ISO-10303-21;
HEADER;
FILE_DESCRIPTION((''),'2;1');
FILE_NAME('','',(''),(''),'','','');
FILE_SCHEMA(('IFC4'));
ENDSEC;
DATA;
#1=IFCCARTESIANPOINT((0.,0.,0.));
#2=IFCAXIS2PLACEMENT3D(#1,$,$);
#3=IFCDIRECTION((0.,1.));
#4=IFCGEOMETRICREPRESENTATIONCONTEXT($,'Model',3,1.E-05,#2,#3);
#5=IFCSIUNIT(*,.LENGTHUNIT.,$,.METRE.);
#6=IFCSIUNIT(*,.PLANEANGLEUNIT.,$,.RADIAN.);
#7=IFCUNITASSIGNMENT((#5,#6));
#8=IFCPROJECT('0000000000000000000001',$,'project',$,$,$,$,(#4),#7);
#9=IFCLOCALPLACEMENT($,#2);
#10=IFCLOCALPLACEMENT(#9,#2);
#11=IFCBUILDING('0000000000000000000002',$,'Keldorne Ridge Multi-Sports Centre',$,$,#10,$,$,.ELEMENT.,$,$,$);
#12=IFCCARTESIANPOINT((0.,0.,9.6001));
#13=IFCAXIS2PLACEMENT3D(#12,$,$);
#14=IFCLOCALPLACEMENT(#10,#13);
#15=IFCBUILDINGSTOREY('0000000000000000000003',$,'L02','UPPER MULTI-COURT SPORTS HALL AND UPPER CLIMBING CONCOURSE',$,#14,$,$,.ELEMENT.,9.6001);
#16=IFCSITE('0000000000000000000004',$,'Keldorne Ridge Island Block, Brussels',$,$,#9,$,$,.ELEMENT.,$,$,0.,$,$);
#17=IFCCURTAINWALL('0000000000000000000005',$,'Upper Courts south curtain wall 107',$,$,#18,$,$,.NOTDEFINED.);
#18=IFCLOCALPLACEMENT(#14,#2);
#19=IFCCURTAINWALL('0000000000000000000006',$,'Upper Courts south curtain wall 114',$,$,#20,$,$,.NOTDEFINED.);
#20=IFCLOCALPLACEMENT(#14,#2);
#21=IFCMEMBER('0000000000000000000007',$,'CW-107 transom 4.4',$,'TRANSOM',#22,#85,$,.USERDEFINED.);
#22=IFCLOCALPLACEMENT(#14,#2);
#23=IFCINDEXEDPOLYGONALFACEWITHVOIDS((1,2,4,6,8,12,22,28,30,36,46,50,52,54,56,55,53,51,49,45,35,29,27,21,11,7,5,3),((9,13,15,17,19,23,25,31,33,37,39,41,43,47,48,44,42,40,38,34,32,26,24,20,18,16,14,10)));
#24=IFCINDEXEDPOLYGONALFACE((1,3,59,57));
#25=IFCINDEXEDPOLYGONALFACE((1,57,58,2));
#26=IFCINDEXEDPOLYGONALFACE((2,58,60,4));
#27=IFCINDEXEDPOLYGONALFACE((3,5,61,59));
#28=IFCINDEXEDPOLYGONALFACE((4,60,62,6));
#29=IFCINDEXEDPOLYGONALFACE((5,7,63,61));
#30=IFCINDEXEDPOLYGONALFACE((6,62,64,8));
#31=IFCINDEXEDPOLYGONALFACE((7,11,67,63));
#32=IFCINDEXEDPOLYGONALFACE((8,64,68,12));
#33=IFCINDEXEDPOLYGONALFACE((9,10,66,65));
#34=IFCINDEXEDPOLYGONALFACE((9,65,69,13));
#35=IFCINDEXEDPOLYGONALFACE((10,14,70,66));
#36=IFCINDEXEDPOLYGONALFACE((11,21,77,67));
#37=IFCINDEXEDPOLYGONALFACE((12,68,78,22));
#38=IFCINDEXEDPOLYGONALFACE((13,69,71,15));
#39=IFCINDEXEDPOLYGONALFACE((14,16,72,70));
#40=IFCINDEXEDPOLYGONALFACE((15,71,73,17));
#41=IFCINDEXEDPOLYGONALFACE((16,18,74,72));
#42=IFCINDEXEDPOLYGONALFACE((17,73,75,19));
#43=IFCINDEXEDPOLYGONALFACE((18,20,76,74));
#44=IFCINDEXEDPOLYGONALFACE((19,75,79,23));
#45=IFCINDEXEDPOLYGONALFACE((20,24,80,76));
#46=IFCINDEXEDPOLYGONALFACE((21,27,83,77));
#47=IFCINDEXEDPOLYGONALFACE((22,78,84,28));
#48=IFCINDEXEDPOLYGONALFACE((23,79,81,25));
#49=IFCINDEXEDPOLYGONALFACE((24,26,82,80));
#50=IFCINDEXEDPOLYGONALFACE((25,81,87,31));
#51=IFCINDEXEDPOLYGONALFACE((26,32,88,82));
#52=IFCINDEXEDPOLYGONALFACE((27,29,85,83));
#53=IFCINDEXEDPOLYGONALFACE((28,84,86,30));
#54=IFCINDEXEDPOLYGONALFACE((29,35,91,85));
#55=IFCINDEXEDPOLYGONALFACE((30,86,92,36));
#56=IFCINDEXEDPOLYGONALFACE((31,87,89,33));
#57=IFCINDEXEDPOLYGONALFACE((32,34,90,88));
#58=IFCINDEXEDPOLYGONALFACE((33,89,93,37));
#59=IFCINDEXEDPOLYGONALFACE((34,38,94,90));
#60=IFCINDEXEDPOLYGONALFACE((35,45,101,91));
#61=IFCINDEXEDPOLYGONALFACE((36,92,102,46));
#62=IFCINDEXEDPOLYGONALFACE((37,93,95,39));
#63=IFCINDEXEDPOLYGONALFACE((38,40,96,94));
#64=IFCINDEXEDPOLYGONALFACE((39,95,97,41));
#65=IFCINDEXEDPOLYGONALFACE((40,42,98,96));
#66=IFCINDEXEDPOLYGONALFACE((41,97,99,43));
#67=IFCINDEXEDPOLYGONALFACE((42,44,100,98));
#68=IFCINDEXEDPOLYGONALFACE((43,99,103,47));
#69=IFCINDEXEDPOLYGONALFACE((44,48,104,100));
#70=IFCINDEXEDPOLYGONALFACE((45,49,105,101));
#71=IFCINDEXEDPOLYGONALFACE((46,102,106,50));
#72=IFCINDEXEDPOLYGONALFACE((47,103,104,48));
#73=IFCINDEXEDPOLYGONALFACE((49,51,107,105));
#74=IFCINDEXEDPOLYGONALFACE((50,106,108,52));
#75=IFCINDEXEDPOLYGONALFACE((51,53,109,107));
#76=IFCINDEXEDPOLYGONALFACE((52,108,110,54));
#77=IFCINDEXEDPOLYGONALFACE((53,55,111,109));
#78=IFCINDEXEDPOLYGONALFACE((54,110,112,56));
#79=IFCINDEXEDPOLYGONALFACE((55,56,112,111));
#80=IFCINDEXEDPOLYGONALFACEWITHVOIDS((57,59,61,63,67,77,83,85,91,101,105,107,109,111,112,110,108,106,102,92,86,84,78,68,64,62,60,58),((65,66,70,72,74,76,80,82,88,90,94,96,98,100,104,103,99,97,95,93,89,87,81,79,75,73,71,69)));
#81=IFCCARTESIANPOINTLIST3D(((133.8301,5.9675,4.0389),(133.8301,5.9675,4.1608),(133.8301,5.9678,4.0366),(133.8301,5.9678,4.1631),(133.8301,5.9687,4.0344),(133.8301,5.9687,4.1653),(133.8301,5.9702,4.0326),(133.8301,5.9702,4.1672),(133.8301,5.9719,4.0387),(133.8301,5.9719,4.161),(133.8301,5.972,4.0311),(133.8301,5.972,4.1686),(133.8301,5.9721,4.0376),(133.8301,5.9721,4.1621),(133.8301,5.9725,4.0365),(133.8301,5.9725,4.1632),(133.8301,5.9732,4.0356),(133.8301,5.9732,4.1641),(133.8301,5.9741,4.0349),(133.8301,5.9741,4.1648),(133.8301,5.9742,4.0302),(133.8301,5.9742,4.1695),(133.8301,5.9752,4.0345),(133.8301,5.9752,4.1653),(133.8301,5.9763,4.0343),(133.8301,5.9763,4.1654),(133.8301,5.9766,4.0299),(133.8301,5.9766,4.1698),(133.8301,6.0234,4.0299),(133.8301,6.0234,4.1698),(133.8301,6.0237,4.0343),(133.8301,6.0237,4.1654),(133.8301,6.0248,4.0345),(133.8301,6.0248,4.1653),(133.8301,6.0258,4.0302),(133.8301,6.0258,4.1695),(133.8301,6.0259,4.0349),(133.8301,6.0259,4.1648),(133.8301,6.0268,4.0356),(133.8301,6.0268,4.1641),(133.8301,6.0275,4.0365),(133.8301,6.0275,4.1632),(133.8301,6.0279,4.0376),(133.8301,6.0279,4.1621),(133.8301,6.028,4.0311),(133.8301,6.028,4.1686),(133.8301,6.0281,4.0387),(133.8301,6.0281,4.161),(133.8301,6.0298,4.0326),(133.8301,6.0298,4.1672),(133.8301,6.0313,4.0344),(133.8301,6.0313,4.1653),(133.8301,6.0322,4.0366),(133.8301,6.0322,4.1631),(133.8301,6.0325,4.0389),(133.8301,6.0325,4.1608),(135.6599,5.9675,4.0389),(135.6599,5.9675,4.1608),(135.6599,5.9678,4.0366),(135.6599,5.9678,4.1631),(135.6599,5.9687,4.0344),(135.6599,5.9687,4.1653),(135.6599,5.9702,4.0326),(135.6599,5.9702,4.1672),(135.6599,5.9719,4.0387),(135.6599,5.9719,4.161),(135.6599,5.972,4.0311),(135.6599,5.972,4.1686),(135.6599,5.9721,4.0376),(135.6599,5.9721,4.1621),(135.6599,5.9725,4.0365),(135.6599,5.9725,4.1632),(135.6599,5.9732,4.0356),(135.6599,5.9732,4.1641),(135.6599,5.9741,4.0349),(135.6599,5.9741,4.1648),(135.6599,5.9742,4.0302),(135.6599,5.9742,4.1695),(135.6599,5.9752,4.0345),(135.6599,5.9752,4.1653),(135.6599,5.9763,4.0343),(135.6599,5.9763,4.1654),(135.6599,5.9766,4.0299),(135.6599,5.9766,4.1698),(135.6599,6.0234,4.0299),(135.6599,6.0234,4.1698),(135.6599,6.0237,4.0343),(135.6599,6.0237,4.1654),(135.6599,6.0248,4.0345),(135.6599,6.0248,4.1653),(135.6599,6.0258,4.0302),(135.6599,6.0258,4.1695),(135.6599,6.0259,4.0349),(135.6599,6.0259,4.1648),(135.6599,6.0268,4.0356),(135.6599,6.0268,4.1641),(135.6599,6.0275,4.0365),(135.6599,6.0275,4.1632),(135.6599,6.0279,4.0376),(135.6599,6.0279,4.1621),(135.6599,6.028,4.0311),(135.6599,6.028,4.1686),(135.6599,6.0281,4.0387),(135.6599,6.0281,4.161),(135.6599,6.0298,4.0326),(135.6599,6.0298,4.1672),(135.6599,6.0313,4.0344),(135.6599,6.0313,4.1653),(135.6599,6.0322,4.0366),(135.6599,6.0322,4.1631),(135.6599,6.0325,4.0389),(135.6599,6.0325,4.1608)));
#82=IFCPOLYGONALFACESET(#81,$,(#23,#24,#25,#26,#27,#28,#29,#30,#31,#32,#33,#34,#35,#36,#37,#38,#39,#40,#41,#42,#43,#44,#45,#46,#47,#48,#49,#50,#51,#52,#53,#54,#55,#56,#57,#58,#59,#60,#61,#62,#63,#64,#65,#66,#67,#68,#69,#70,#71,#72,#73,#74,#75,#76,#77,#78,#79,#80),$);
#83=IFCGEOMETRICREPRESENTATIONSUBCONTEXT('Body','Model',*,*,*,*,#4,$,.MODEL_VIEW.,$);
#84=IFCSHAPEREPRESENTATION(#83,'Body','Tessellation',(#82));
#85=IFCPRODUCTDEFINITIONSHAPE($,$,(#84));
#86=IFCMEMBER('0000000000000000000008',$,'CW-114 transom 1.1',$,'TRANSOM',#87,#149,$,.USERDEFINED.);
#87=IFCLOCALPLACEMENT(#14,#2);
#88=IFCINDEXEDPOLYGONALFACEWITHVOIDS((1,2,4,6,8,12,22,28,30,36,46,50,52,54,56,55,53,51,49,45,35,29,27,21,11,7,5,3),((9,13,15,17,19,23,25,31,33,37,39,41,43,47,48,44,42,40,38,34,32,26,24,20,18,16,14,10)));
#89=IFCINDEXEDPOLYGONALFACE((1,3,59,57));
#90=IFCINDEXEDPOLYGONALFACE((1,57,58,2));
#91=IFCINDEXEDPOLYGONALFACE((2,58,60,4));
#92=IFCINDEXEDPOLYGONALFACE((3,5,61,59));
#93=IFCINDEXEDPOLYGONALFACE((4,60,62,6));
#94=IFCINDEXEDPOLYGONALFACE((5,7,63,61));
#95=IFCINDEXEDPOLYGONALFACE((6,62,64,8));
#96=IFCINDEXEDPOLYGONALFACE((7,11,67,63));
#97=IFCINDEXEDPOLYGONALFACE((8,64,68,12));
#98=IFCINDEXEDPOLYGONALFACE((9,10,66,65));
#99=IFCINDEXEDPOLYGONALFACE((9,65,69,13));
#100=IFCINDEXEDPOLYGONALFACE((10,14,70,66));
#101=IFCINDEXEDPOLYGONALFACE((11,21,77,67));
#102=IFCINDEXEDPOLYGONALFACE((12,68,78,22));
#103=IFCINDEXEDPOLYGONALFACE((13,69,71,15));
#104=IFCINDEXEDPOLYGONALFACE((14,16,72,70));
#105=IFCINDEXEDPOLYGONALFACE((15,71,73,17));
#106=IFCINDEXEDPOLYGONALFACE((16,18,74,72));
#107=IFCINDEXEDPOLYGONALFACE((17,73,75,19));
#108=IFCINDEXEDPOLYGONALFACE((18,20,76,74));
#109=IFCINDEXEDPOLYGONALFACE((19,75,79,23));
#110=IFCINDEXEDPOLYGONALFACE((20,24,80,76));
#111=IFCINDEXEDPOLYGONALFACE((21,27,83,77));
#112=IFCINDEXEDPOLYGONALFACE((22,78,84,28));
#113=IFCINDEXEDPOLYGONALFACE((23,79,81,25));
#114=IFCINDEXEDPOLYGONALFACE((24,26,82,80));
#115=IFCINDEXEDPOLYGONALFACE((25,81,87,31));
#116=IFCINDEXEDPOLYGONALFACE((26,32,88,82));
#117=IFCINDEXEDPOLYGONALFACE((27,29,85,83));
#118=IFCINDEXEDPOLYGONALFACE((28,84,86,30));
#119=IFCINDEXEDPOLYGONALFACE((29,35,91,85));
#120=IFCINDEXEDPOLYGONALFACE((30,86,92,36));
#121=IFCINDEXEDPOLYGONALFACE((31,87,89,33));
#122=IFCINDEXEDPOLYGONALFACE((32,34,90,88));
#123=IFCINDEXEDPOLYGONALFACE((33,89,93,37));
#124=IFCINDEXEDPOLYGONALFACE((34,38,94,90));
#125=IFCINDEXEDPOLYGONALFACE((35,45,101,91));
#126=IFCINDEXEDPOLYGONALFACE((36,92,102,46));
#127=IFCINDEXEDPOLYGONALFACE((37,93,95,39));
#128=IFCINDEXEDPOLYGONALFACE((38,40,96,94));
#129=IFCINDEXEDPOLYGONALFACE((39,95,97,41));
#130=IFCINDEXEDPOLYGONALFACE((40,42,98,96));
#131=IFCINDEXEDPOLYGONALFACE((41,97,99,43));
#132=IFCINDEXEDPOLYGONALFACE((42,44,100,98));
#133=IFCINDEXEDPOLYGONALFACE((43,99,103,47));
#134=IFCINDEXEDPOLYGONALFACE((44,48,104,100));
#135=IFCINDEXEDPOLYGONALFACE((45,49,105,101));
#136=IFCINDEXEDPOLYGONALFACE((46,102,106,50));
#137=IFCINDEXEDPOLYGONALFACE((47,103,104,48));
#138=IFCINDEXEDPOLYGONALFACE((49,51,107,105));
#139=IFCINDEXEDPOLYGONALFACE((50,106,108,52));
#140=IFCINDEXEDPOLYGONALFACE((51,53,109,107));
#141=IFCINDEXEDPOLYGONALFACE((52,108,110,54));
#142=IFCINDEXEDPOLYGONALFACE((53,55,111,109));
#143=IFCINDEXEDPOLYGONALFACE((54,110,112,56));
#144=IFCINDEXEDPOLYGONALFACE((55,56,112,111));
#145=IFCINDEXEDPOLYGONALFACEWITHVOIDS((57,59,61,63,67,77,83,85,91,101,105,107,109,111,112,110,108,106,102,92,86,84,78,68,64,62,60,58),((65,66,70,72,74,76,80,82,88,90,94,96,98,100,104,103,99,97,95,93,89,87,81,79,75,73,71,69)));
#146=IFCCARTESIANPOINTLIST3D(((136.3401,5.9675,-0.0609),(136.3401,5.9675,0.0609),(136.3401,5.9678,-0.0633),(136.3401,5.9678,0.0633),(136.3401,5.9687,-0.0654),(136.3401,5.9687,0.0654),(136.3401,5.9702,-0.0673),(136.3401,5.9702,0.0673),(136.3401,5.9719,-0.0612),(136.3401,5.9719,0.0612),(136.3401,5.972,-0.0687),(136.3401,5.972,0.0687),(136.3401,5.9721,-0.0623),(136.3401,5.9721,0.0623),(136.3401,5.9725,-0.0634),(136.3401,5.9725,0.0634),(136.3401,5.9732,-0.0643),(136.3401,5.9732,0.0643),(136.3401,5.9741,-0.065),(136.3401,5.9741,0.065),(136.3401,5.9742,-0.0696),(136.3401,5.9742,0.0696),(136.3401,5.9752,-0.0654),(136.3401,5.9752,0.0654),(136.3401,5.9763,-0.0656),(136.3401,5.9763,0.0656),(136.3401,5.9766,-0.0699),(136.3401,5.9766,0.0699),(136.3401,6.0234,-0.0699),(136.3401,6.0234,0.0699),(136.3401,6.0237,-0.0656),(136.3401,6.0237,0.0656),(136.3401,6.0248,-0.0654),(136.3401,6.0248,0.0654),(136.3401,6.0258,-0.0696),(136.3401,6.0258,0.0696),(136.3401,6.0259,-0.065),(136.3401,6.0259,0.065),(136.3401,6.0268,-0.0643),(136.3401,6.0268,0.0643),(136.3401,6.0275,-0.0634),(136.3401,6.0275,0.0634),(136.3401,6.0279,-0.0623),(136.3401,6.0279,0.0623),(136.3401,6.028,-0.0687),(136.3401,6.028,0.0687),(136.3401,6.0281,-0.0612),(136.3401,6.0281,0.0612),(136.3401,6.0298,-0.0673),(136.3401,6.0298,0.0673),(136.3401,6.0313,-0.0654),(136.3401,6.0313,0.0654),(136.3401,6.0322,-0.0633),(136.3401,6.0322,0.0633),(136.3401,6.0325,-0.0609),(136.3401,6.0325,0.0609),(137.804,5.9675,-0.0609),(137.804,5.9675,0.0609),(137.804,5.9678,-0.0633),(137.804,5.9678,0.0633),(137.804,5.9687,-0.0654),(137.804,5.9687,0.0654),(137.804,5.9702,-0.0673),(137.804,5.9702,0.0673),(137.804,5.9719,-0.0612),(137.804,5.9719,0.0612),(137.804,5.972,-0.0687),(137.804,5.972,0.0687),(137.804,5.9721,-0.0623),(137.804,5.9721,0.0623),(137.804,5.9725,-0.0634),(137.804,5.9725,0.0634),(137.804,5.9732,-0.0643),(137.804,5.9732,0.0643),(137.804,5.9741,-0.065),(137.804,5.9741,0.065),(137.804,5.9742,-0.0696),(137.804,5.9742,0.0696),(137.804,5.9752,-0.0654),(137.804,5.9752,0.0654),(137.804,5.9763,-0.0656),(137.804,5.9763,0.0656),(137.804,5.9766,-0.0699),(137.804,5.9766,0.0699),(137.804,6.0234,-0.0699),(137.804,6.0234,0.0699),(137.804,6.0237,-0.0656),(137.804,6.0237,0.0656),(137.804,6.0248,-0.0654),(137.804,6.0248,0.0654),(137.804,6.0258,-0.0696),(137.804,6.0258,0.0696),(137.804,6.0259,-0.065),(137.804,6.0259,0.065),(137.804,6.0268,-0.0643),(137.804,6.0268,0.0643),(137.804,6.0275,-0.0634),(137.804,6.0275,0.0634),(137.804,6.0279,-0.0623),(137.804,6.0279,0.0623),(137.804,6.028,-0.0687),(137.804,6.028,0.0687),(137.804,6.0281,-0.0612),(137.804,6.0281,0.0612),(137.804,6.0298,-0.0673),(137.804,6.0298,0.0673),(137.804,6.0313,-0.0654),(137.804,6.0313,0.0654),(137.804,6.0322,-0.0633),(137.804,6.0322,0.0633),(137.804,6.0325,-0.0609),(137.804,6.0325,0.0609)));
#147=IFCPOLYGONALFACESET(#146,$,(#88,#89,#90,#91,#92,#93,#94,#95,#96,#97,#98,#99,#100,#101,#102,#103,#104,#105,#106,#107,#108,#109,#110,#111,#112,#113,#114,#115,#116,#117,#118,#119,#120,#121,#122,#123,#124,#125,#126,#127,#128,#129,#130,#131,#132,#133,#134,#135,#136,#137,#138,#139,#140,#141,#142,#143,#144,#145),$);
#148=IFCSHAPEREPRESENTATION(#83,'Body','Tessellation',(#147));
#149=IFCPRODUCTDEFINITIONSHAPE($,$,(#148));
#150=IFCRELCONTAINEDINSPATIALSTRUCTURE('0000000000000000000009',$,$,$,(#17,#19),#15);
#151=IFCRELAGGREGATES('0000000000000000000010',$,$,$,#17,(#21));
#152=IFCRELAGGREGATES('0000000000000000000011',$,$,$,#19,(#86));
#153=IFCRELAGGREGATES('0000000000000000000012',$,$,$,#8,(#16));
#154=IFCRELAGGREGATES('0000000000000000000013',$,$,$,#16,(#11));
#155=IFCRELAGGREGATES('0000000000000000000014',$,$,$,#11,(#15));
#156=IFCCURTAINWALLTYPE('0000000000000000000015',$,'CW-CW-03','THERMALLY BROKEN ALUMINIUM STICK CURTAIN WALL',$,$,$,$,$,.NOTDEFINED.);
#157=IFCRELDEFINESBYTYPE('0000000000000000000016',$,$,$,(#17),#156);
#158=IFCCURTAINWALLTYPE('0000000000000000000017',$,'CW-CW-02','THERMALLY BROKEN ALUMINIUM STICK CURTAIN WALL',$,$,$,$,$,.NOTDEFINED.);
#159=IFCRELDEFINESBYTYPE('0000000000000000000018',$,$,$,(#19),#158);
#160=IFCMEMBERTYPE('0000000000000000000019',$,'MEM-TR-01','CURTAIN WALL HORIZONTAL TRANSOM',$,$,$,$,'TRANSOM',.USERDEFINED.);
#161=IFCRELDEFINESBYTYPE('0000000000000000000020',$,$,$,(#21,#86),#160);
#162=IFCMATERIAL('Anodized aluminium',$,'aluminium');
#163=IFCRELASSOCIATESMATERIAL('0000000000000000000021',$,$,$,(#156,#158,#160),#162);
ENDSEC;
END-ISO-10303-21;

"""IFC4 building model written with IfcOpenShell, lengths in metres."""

from ifc_helpers import new_model, si_unit, direction, frame, origin, origin_2d, place, context, subcontext, project, spatial, hollow_rectangle, extrude, material, material_profile, profile_set, type_object, element, aggregate, save


model = new_model("IFC4")

# Units and contexts
model_context = context("Model", 3, precision=1e-05, world=origin(), true_north=direction((0.0, 1.0)))
body_context = subcontext(model_context, "Body", "Model", "MODEL_VIEW")
ifc_project = project(units=[si_unit("LENGTHUNIT", "METRE"), si_unit("PLANEANGLEUNIT", "RADIAN")], contexts=[model_context])

# Site, building, storey
site_placement = place(None, origin())
site = spatial("IfcSite", under=ifc_project, at=site_placement, Name="Keldorne Ridge Island Block, Brussels", CompositionType="ELEMENT", RefElevation=0.0)
building_placement = place(site_placement, origin())
building = spatial("IfcBuilding", under=site, at=building_placement, Name="Keldorne Ridge Multi-Sports Centre", CompositionType="ELEMENT")
storey_placement = place(building_placement, frame((0.0, 0.0, 9.6001)))
storey = spatial("IfcBuildingStorey", under=building, at=storey_placement, Name="L02", Description="UPPER MULTI-COURT SPORTS HALL AND UPPER CLIMBING CONCOURSE", CompositionType="ELEMENT", Elevation=9.6001)

# Curtain walls
ifc_material_1 = material(Name="Anodized aluminium", Category="aluminium")
curtain_wall_type_1 = type_object("IfcCurtainWallType", Name="CW-CW-03", Description="THERMALLY BROKEN ALUMINIUM STICK CURTAIN WALL", PredefinedType="NOTDEFINED", material=ifc_material_1)
curtain_wall_1_placement = place(storey_placement, origin())
curtain_wall_1 = element("IfcCurtainWall", 1, at=curtain_wall_1_placement, inside=storey, type_object=curtain_wall_type_1, Name="Upper Courts south curtain wall 107", PredefinedType="NOTDEFINED")
curtain_wall_type_2 = type_object("IfcCurtainWallType", Name="CW-CW-02", Description="THERMALLY BROKEN ALUMINIUM STICK CURTAIN WALL", PredefinedType="NOTDEFINED", material=ifc_material_1)
curtain_wall_2_placement = place(storey_placement, origin())
curtain_wall_2 = element("IfcCurtainWall", 2, at=curtain_wall_2_placement, inside=storey, type_object=curtain_wall_type_2, Name="Upper Courts south curtain wall 114", PredefinedType="NOTDEFINED")

# Members
ifc_material_profile_1 = material_profile(ifc_material_1, hollow_rectangle(XDim=0.0649, YDim=0.1399, WallThickness=0.0044, InnerFilletRadius=0.0044, OuterFilletRadius=0.009, at=origin_2d()), Name="ALU TRANSOM 140x65x4.5")
ifc_profile_set_1 = profile_set([ifc_material_profile_1], Name="Anodized aluminium")
member_type_1 = type_object("IfcMemberType", Name="MEM-TR-01", Description="CURTAIN WALL HORIZONTAL TRANSOM", ElementType="TRANSOM", PredefinedType="USERDEFINED", material=ifc_profile_set_1)
member_1_placement = place(storey_placement, frame((133.8301, 6.0, 4.0999), z_axis=(1.0, 0.0, 0.0), x_axis=(0.0, 1.0, 0.0)))
member_1 = element("IfcMember", 3, at=member_1_placement, type_object=member_type_1, Name="CW-107 transom 4.4", ObjectType="TRANSOM", PredefinedType="USERDEFINED", context=body_context, shape_type="SweptSolid", body=[
    extrude(hollow_rectangle(XDim=0.0649, YDim=0.1399, WallThickness=0.0044, InnerFilletRadius=0.0044, OuterFilletRadius=0.009, at=origin_2d()), origin(), (0.0, 0.0, 1.0), 1.8298),
])
member_2_placement = place(storey_placement, frame((136.3401, 6.0, 0.0), z_axis=(1.0, 0.0, 0.0), x_axis=(0.0, 1.0, 0.0)))
member_2 = element("IfcMember", 4, at=member_2_placement, type_object=member_type_1, Name="CW-114 transom 1.1", ObjectType="TRANSOM", PredefinedType="USERDEFINED", context=body_context, shape_type="SweptSolid", body=[
    extrude(hollow_rectangle(XDim=0.0649, YDim=0.1399, WallThickness=0.0044, InnerFilletRadius=0.0044, OuterFilletRadius=0.009, at=origin_2d()), origin(), (0.0, 0.0, 1.0), 1.4639),
])

aggregate(curtain_wall_1, [member_1])
aggregate(curtain_wall_2, [member_2])

save(model, "model.ifc")
